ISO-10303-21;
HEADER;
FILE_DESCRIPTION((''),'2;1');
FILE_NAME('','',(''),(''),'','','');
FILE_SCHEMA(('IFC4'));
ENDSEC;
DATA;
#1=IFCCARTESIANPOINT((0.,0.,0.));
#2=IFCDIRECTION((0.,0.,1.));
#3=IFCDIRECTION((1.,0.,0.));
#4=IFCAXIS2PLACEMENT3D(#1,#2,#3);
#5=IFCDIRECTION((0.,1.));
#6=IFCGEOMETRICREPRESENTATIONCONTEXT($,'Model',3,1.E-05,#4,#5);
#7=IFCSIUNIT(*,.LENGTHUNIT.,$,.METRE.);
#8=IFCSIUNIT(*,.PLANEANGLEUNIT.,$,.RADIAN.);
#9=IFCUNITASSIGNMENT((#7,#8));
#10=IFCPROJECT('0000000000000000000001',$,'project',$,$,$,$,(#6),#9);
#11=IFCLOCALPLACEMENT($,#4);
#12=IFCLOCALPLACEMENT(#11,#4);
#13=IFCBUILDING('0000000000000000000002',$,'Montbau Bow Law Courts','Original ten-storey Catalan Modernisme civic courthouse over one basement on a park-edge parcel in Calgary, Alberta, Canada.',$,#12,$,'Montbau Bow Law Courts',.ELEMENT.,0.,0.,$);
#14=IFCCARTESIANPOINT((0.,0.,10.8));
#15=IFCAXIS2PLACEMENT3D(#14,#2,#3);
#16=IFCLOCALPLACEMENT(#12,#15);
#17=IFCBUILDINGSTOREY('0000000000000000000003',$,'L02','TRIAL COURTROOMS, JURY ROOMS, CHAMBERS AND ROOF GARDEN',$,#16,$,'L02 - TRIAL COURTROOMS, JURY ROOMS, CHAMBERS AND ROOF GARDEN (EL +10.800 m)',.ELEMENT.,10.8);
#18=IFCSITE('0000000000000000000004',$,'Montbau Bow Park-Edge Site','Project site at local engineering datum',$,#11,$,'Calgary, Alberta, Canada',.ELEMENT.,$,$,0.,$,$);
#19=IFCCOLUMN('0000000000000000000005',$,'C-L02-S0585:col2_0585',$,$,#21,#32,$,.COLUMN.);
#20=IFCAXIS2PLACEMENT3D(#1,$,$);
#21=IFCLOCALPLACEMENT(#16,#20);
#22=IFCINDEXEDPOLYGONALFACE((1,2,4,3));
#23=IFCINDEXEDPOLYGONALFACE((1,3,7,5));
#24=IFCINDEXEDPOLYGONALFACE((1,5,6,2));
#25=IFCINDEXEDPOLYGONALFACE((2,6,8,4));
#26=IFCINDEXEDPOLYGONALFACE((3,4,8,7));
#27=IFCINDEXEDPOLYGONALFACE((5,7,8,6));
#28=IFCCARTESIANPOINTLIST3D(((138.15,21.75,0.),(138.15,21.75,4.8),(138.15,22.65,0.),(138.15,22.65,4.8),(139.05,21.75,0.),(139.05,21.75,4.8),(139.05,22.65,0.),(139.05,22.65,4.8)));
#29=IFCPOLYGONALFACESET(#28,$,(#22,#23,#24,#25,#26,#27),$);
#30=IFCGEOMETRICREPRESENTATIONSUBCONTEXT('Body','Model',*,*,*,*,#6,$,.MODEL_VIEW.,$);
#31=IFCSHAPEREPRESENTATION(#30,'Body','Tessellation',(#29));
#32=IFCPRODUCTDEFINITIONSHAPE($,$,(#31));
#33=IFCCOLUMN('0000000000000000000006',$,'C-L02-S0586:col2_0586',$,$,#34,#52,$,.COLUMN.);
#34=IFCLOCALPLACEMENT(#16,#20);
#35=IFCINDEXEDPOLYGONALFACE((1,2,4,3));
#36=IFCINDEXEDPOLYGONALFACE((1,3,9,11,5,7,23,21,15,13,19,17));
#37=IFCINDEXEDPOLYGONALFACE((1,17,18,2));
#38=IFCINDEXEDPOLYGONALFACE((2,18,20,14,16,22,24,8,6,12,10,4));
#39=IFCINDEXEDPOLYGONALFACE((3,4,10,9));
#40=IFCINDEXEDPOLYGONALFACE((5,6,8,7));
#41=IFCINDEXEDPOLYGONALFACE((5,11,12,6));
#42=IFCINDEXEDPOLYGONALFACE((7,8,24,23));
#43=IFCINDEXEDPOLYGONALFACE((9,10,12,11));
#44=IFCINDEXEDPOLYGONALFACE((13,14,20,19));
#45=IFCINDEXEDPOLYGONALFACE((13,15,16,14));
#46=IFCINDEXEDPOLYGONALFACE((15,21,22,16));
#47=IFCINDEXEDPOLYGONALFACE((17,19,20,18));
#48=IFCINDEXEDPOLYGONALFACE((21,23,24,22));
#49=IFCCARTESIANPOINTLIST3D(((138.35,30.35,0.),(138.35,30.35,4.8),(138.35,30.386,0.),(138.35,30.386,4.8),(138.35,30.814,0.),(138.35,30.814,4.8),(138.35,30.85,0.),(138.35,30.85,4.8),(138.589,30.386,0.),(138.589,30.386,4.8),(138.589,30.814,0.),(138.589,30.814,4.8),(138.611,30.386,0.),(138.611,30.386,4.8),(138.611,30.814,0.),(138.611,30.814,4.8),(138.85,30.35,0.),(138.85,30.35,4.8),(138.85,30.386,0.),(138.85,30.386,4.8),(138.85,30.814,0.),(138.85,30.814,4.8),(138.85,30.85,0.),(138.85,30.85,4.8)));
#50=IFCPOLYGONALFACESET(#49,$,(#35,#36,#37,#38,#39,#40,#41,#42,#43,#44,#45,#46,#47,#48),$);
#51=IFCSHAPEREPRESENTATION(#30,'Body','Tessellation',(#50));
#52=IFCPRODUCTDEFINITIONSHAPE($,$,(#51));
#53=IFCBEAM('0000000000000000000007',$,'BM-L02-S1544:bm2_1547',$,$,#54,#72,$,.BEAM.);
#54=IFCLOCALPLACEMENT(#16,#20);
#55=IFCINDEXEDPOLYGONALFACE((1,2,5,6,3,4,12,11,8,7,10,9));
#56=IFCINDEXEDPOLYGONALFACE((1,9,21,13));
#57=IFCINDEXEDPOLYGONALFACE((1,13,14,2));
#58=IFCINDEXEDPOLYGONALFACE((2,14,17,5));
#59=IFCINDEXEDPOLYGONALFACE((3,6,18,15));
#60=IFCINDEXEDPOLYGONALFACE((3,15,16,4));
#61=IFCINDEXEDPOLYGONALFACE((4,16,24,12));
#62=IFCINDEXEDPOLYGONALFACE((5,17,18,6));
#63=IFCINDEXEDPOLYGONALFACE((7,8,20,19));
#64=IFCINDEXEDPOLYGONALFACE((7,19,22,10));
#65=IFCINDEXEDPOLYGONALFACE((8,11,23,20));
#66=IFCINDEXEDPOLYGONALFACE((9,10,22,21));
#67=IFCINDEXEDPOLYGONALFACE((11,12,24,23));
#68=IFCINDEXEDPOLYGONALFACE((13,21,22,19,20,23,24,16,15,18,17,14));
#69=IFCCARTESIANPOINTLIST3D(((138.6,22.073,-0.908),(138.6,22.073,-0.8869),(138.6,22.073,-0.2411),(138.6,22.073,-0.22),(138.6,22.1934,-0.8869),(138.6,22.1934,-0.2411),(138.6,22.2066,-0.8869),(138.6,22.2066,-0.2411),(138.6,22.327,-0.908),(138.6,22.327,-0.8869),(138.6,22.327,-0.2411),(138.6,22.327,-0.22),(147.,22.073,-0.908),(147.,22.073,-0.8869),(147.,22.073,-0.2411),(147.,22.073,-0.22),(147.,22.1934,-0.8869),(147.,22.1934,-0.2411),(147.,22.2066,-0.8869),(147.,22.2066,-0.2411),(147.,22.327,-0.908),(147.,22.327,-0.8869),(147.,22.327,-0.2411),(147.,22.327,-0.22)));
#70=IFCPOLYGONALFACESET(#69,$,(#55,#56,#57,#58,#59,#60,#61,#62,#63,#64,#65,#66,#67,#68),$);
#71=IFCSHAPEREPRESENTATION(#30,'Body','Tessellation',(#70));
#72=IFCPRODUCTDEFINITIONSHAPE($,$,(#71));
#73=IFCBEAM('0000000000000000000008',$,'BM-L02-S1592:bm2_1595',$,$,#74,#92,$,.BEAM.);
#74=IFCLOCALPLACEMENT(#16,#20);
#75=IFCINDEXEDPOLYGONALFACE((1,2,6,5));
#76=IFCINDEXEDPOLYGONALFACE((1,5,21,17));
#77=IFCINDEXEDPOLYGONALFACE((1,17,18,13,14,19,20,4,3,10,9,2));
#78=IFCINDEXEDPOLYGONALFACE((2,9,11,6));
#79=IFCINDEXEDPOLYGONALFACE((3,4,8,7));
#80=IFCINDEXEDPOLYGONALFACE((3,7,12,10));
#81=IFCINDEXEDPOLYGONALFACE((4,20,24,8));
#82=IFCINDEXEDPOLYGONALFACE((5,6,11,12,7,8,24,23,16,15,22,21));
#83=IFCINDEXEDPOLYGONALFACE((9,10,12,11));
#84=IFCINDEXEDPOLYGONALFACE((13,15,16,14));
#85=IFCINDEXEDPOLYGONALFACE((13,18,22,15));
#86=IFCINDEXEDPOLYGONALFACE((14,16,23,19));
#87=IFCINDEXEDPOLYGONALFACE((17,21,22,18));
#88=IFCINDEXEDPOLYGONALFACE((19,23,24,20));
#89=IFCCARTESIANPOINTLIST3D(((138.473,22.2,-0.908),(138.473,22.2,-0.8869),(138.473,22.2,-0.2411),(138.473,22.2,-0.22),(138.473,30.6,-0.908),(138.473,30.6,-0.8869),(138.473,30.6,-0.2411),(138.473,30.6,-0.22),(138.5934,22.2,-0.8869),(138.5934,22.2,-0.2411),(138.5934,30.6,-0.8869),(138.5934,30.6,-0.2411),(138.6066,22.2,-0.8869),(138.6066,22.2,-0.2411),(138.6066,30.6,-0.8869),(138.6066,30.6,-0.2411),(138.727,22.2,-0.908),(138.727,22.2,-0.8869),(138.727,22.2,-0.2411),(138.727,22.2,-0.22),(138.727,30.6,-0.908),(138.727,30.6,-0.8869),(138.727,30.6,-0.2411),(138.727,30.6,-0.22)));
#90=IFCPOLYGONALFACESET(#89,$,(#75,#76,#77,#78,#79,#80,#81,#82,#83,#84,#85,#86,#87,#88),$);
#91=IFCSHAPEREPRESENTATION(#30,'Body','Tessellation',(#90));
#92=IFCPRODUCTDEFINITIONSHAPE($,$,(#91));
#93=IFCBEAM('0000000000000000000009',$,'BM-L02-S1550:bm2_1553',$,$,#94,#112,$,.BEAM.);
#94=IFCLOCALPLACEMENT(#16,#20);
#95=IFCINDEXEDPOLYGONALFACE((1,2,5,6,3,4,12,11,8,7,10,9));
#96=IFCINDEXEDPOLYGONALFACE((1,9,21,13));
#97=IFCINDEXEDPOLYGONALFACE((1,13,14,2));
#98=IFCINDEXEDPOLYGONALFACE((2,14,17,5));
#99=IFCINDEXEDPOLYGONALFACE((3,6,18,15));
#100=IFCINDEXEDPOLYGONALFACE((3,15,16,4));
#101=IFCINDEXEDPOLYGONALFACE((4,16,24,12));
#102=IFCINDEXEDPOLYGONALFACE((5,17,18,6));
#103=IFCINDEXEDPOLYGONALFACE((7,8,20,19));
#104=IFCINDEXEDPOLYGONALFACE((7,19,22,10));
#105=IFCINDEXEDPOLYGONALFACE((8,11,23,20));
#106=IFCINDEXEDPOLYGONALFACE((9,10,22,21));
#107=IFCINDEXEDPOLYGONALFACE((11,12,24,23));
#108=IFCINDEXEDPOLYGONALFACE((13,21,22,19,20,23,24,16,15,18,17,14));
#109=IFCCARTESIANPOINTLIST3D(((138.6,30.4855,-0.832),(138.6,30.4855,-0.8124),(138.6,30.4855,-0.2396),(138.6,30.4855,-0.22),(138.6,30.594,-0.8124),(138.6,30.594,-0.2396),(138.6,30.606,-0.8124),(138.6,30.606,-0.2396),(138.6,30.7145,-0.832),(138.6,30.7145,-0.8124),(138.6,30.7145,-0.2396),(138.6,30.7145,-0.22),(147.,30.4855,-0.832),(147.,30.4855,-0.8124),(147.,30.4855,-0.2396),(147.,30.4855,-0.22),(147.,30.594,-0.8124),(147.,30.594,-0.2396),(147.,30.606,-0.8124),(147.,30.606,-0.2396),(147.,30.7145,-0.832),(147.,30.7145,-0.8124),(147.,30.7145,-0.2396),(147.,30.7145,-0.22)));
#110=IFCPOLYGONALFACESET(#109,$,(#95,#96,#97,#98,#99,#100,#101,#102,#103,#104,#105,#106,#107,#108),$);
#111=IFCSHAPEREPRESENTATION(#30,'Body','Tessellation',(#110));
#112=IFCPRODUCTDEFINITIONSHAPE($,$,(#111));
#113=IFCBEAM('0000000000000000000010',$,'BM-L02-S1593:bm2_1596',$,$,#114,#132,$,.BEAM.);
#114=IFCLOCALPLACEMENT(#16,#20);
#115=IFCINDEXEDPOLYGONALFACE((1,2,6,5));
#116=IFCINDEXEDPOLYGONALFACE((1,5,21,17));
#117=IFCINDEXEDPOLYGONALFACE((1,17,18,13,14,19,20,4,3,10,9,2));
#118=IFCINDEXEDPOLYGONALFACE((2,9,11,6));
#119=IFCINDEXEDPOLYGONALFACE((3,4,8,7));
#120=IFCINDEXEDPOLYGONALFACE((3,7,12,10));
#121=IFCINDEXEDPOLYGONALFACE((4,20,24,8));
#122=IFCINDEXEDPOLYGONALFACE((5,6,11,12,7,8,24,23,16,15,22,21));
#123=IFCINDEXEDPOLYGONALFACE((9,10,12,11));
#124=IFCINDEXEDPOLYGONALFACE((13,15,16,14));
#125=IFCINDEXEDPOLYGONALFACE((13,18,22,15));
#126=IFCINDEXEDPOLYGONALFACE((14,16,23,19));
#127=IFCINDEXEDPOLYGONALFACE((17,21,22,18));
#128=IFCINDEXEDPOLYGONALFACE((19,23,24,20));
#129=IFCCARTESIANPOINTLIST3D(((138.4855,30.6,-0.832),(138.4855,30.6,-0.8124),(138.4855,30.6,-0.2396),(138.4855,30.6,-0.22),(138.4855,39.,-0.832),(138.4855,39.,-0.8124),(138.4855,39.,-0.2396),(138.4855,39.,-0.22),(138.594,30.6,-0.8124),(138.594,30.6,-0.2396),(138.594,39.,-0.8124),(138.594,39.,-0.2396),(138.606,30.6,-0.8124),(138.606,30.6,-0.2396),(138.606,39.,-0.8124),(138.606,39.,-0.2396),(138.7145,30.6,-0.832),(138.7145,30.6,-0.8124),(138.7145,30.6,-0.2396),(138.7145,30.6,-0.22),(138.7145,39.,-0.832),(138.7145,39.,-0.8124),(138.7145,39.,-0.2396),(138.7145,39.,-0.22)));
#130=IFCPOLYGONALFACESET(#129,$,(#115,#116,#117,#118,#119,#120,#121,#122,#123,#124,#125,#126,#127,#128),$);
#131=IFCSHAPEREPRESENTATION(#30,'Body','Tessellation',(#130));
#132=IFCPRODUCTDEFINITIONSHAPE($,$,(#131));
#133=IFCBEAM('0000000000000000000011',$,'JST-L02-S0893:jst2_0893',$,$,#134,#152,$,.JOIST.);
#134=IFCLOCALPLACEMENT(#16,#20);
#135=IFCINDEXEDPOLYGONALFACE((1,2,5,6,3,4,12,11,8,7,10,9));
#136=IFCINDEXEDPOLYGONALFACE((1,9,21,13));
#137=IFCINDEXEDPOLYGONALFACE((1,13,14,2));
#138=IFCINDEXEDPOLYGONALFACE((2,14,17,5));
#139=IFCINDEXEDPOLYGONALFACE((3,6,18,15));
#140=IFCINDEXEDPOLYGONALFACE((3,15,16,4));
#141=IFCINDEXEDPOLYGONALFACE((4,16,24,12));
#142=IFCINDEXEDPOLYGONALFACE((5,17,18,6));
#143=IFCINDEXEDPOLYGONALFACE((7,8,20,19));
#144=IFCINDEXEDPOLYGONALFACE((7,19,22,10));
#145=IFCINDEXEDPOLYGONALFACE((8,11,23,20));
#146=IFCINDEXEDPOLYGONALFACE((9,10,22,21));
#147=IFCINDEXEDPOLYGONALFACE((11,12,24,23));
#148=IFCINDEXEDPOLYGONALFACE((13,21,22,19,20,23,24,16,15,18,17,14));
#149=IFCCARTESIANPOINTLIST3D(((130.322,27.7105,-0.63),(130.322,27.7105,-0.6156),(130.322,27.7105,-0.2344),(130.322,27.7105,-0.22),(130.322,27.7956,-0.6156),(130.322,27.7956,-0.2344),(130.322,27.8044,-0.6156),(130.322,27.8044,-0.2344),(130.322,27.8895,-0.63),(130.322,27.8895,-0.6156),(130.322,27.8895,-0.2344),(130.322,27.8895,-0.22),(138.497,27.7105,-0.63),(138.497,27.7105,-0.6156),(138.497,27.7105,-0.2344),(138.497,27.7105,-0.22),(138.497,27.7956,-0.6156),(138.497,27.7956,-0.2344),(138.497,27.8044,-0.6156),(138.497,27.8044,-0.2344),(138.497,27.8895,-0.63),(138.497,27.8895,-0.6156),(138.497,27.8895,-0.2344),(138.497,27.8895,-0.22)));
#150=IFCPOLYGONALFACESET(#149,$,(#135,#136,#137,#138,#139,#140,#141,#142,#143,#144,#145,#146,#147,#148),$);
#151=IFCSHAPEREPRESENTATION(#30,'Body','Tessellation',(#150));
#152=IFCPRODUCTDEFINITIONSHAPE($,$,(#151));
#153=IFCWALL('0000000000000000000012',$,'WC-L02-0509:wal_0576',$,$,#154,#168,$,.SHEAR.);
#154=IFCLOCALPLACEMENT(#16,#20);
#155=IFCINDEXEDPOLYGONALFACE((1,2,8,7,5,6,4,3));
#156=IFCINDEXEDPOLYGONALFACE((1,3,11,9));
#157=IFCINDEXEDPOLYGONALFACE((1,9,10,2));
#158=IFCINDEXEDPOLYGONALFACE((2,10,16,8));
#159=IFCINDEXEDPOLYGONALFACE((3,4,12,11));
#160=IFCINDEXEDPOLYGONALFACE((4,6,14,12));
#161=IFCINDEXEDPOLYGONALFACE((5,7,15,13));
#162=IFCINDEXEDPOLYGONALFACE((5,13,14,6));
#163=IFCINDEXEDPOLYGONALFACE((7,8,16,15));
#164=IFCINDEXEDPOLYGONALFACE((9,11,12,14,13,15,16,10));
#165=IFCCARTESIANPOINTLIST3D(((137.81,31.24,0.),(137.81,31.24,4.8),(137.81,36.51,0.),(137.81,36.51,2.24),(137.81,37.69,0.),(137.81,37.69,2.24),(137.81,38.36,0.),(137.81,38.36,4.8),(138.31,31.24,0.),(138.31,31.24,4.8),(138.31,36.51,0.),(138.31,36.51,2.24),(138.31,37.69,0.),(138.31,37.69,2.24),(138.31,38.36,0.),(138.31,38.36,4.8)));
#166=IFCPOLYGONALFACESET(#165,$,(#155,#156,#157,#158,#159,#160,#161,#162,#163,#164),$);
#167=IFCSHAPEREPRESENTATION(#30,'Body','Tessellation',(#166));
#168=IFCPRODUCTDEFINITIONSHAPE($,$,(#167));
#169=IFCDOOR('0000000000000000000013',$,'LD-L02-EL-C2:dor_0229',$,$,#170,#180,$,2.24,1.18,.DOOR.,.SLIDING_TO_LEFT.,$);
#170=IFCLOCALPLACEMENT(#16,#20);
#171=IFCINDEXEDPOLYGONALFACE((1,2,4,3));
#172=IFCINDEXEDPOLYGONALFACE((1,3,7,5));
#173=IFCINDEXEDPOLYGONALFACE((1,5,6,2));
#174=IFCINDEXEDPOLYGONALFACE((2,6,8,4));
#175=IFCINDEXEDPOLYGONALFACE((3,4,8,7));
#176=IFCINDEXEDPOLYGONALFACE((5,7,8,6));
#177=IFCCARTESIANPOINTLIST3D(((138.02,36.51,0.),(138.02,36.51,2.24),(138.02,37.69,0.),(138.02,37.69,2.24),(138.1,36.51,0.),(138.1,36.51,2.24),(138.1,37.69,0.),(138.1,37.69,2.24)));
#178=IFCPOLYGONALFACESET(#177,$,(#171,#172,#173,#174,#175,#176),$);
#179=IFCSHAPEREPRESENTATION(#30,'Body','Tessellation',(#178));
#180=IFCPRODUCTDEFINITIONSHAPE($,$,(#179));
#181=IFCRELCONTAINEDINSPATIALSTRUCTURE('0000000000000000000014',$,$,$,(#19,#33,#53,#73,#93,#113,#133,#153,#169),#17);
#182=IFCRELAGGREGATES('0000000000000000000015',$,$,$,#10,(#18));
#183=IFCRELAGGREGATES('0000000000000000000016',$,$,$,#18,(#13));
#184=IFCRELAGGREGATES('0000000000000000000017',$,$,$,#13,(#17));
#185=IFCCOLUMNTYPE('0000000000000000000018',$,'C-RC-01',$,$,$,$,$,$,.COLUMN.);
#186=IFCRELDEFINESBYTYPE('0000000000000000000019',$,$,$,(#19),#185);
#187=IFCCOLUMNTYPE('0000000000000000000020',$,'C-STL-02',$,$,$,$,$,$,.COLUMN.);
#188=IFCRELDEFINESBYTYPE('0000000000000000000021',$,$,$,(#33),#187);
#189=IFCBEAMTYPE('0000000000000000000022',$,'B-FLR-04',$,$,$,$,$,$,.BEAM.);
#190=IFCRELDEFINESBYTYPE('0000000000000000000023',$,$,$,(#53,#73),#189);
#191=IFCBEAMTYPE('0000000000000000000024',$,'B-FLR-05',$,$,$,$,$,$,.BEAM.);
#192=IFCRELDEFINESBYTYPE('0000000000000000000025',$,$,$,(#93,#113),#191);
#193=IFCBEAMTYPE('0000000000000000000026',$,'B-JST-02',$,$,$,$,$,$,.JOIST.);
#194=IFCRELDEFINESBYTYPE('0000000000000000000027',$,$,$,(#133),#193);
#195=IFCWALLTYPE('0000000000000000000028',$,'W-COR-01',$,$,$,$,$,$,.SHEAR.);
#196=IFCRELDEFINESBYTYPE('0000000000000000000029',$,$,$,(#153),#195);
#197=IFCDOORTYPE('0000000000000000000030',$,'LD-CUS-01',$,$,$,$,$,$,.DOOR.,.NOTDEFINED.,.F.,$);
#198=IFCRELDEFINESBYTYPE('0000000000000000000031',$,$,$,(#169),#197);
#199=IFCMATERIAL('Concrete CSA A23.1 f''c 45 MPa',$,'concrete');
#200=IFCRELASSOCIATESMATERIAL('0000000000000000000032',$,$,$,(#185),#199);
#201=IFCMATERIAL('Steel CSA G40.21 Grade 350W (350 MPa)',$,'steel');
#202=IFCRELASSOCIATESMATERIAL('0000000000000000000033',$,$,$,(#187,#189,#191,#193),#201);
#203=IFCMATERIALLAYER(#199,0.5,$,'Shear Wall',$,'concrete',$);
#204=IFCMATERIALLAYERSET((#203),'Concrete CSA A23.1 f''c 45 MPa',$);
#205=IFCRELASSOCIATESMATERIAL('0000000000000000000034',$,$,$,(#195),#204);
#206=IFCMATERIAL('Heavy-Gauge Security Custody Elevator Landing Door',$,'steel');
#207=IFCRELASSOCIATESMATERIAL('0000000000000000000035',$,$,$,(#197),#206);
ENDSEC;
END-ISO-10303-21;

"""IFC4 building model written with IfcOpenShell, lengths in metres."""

from ifc_helpers import new_model, si_unit, direction, frame, frame_2d, origin_with_axes, origin_2d_with_axis, place, context, subcontext, project, spatial, rectangle, i_section, extrude, material, layer, layer_set, material_profile, profile_set, type_object, element, fill, save


model = new_model("IFC4")

# Units and contexts
model_context = context("Model", 3, precision=1e-05, world=origin_with_axes(), true_north=direction((0.0, 1.0)))
body_context = subcontext(model_context, "Body", "Model", "MODEL_VIEW")
ifc_project = project(units=[si_unit("LENGTHUNIT", "METRE"), si_unit("PLANEANGLEUNIT", "RADIAN")], contexts=[model_context])

# Site, building, storey
site_placement = place(None, origin_with_axes())
site = spatial("IfcSite", under=ifc_project, at=site_placement, Name="Montbau Bow Park-Edge Site", Description="Project site at local engineering datum", LongName="Calgary, Alberta, Canada", CompositionType="ELEMENT", RefElevation=0.0)
building_placement = place(site_placement, origin_with_axes())
building = spatial("IfcBuilding", under=site, at=building_placement, Name="Montbau Bow Law Courts", Description="Original ten-storey Catalan Modernisme civic courthouse over one basement on a park-edge parcel in Calgary, Alberta, Canada.", LongName="Montbau Bow Law Courts", CompositionType="ELEMENT", ElevationOfRefHeight=0.0, ElevationOfTerrain=0.0)
storey_placement = place(building_placement, frame((0.0, 0.0, 10.8), z_axis=(0.0, 0.0, 1.0), x_axis=(1.0, 0.0, 0.0)))
storey = spatial("IfcBuildingStorey", under=building, at=storey_placement, Name="L02", Description="TRIAL COURTROOMS, JURY ROOMS, CHAMBERS AND ROOF GARDEN", LongName="L02 - TRIAL COURTROOMS, JURY ROOMS, CHAMBERS AND ROOF GARDEN (EL +10.800 m)", CompositionType="ELEMENT", Elevation=10.8)

# Columns
ifc_material_1 = material(Name="Concrete CSA A23.1 f'c 45 MPa", Category="concrete")
ifc_material_profile_1 = material_profile(ifc_material_1, rectangle(XDim=0.9, YDim=0.9, at=origin_2d_with_axis()), Name="RC900X900", Category="Main", Priority=0)
ifc_profile_set_1 = profile_set([ifc_material_profile_1], Name="Concrete CSA A23.1 f'c 45 MPa")
column_type_1 = type_object("IfcColumnType", Name="C-RC-01", PredefinedType="COLUMN", material=ifc_profile_set_1)
column_1_placement = place(None, frame((138.6, 22.2, 10.8), z_axis=(0.0, 0.0, 1.0), x_axis=(1.0, 0.0, 0.0)))
element("IfcColumn", 1, at=column_1_placement, inside=storey, type_object=column_type_1, Name="C-L02-S0585:col2_0585", PredefinedType="COLUMN", context=body_context, shape_type="SweptSolid", body=[
    extrude(rectangle(XDim=0.9, YDim=0.9, at=origin_2d_with_axis()), origin_with_axes(), (0.0, 0.0, 1.0), 4.8),
])
ifc_material_2 = material(Name="Steel CSA G40.21 Grade 350W (350 MPa)", Category="steel")
ifc_material_profile_2 = material_profile(ifc_material_2, i_section(OverallWidth=0.5, OverallDepth=0.5, WebThickness=0.022, FlangeThickness=0.036, at=origin_2d_with_axis()), Name="WWF500X343", Category="Main", Priority=0)
ifc_profile_set_2 = profile_set([ifc_material_profile_2], Name="Steel CSA G40.21 Grade 350W (350 MPa)")
column_type_2 = type_object("IfcColumnType", Name="C-STL-02", PredefinedType="COLUMN", material=ifc_profile_set_2)
column_2_placement = place(None, frame((138.6, 30.6, 10.8), z_axis=(0.0, 0.0, 1.0), x_axis=(1.0, 0.0, 0.0)))
element("IfcColumn", 2, at=column_2_placement, inside=storey, type_object=column_type_2, Name="C-L02-S0586:col2_0586", PredefinedType="COLUMN", context=body_context, shape_type="SweptSolid", body=[
    extrude(i_section(OverallWidth=0.5, OverallDepth=0.5, WebThickness=0.022, FlangeThickness=0.036, at=origin_2d_with_axis()), origin_with_axes(), (0.0, 0.0, 1.0), 4.8),
])

# Beams
ifc_material_profile_3 = material_profile(ifc_material_2, i_section(OverallWidth=0.254, OverallDepth=0.688, WebThickness=0.0131, FlangeThickness=0.0211, at=origin_2d_with_axis()), Name="W690X152", Category="Main", Priority=0)
ifc_profile_set_3 = profile_set([ifc_material_profile_3], Name="Steel CSA G40.21 Grade 350W (350 MPa)")
beam_type_1 = type_object("IfcBeamType", Name="B-FLR-04", PredefinedType="BEAM", material=ifc_profile_set_3)
for number, where, z_axis, x_axis, name in (
    (3, (138.6, 22.2, 10.236), (1.0, 0.0, 0.0), (0.0, 1.0, 0.0), "BM-L02-S1544:bm2_1547"),
    (4, (138.6, 22.2, 10.236), (0.0, 1.0, 0.0), (-1.0, 0.0, 0.0), "BM-L02-S1592:bm2_1595"),
):
    element("IfcBeam", number, at=place(None, frame(where, z_axis=z_axis, x_axis=x_axis)), inside=storey, type_object=beam_type_1, Name=name, PredefinedType="BEAM", context=body_context, shape_type="SweptSolid", body=[
        extrude(i_section(OverallWidth=0.254, OverallDepth=0.688, WebThickness=0.0131, FlangeThickness=0.0211, at=origin_2d_with_axis()), origin_with_axes(), (0.0, 0.0, 1.0), 8.4),
    ])
ifc_material_profile_4 = material_profile(ifc_material_2, i_section(OverallWidth=0.229, OverallDepth=0.612, WebThickness=0.0119, FlangeThickness=0.0196, at=origin_2d_with_axis()), Name="W610X125", Category="Main", Priority=0)
ifc_profile_set_4 = profile_set([ifc_material_profile_4], Name="Steel CSA G40.21 Grade 350W (350 MPa)")
beam_type_2 = type_object("IfcBeamType", Name="B-FLR-05", PredefinedType="BEAM", material=ifc_profile_set_4)
for number, where, z_axis, x_axis, name in (
    (5, (138.6, 30.6, 10.274), (1.0, 0.0, 0.0), (0.0, 1.0, 0.0), "BM-L02-S1550:bm2_1553"),
    (6, (138.6, 30.6, 10.274), (0.0, 1.0, 0.0), (-1.0, 0.0, 0.0), "BM-L02-S1593:bm2_1596"),
):
    element("IfcBeam", number, at=place(None, frame(where, z_axis=z_axis, x_axis=x_axis)), inside=storey, type_object=beam_type_2, Name=name, PredefinedType="BEAM", context=body_context, shape_type="SweptSolid", body=[
        extrude(i_section(OverallWidth=0.229, OverallDepth=0.612, WebThickness=0.0119, FlangeThickness=0.0196, at=origin_2d_with_axis()), origin_with_axes(), (0.0, 0.0, 1.0), 8.4),
    ])
ifc_material_profile_5 = material_profile(ifc_material_2, i_section(OverallWidth=0.179, OverallDepth=0.41, WebThickness=0.0088, FlangeThickness=0.0144, at=origin_2d_with_axis()), Name="W410X67", Category="Main", Priority=0)
ifc_profile_set_5 = profile_set([ifc_material_profile_5], Name="Steel CSA G40.21 Grade 350W (350 MPa)")
beam_type_3 = type_object("IfcBeamType", Name="B-JST-02", PredefinedType="JOIST", material=ifc_profile_set_5)
beam_placement = place(None, frame((130.322, 27.8, 10.375), z_axis=(1.0, 0.0, 0.0), x_axis=(0.0, 1.0, 0.0)))
element("IfcBeam", 7, at=beam_placement, inside=storey, type_object=beam_type_3, Name="JST-L02-S0893:jst2_0893", PredefinedType="JOIST", context=body_context, shape_type="SweptSolid", body=[
    extrude(i_section(OverallWidth=0.179, OverallDepth=0.41, WebThickness=0.0088, FlangeThickness=0.0144, at=origin_2d_with_axis()), origin_with_axes(), (0.0, 0.0, 1.0), 8.175),
])

# Wall, opening, door
ifc_layer_1 = layer(ifc_material_1, 0.5, Name="Shear Wall", Category="concrete")
ifc_layer_set_1 = layer_set([ifc_layer_1], Name="Concrete CSA A23.1 f'c 45 MPa")
wall_type_1 = type_object("IfcWallType", Name="W-COR-01", PredefinedType="SHEAR", material=ifc_layer_set_1)
wall_1_placement = place(None, frame((138.06, 31.24, 10.8), z_axis=(0.0, 0.0, 1.0), x_axis=(0.0, 1.0, 0.0)))
wall_1 = element("IfcWall", 8, at=wall_1_placement, inside=storey, type_object=wall_type_1, Name="WC-L02-0509:wal_0576", PredefinedType="SHEAR", context=body_context, shape_type="SweptSolid", body=[
    extrude(rectangle(XDim=7.12, YDim=0.5, at=frame_2d((3.56, 0.0), x_axis=(1.0, 0.0))), origin_with_axes(), (0.0, 0.0, 1.0), 4.8),
])
opening_1_placement = place(None, frame((138.06, 37.1, 10.8), z_axis=(0.0, 0.0, 1.0), x_axis=(0.0, 1.0, 0.0)))
opening_1 = element("IfcOpeningElement", 9, at=opening_1_placement, cuts=wall_1, PredefinedType="OPENING", context=body_context, shape_type="SweptSolid", body=[
    extrude(rectangle(XDim=1.18, YDim=2.24, at=frame_2d((0.0, 1.12), x_axis=(1.0, 0.0))), frame((0.0, 0.26, 0.0), z_axis=(0.0, -1.0, 0.0), x_axis=(1.0, 0.0, 0.0)), (0.0, 0.0, 1.0), 0.52),
])
ifc_material_3 = material(Name="Heavy-Gauge Security Custody Elevator Landing Door", Category="steel")
door_type_1 = type_object("IfcDoorType", Name="LD-CUS-01", OperationType="NOTDEFINED", ParameterTakesPrecedence=False, PredefinedType="DOOR", material=ifc_material_3)
door_1_placement = place(None, frame((138.06, 37.1, 10.8), z_axis=(0.0, 0.0, 1.0), x_axis=(0.0, 1.0, 0.0)))
door_1 = element("IfcDoor", 10, at=door_1_placement, inside=storey, type_object=door_type_1, Name="LD-L02-EL-C2:dor_0229", OperationType="SLIDING_TO_LEFT", OverallHeight=2.24, OverallWidth=1.18, PredefinedType="DOOR", context=body_context, shape_type="SweptSolid", body=[
    extrude(rectangle(XDim=1.18, YDim=2.24, at=frame_2d((0.0, 1.12), x_axis=(1.0, 0.0))), frame((0.0, 0.04, 0.0), z_axis=(0.0, -1.0, 0.0), x_axis=(1.0, 0.0, 0.0)), (0.0, 0.0, 1.0), 0.08),
])
fill(opening_1, door_1)

save(model, "model.ifc")
